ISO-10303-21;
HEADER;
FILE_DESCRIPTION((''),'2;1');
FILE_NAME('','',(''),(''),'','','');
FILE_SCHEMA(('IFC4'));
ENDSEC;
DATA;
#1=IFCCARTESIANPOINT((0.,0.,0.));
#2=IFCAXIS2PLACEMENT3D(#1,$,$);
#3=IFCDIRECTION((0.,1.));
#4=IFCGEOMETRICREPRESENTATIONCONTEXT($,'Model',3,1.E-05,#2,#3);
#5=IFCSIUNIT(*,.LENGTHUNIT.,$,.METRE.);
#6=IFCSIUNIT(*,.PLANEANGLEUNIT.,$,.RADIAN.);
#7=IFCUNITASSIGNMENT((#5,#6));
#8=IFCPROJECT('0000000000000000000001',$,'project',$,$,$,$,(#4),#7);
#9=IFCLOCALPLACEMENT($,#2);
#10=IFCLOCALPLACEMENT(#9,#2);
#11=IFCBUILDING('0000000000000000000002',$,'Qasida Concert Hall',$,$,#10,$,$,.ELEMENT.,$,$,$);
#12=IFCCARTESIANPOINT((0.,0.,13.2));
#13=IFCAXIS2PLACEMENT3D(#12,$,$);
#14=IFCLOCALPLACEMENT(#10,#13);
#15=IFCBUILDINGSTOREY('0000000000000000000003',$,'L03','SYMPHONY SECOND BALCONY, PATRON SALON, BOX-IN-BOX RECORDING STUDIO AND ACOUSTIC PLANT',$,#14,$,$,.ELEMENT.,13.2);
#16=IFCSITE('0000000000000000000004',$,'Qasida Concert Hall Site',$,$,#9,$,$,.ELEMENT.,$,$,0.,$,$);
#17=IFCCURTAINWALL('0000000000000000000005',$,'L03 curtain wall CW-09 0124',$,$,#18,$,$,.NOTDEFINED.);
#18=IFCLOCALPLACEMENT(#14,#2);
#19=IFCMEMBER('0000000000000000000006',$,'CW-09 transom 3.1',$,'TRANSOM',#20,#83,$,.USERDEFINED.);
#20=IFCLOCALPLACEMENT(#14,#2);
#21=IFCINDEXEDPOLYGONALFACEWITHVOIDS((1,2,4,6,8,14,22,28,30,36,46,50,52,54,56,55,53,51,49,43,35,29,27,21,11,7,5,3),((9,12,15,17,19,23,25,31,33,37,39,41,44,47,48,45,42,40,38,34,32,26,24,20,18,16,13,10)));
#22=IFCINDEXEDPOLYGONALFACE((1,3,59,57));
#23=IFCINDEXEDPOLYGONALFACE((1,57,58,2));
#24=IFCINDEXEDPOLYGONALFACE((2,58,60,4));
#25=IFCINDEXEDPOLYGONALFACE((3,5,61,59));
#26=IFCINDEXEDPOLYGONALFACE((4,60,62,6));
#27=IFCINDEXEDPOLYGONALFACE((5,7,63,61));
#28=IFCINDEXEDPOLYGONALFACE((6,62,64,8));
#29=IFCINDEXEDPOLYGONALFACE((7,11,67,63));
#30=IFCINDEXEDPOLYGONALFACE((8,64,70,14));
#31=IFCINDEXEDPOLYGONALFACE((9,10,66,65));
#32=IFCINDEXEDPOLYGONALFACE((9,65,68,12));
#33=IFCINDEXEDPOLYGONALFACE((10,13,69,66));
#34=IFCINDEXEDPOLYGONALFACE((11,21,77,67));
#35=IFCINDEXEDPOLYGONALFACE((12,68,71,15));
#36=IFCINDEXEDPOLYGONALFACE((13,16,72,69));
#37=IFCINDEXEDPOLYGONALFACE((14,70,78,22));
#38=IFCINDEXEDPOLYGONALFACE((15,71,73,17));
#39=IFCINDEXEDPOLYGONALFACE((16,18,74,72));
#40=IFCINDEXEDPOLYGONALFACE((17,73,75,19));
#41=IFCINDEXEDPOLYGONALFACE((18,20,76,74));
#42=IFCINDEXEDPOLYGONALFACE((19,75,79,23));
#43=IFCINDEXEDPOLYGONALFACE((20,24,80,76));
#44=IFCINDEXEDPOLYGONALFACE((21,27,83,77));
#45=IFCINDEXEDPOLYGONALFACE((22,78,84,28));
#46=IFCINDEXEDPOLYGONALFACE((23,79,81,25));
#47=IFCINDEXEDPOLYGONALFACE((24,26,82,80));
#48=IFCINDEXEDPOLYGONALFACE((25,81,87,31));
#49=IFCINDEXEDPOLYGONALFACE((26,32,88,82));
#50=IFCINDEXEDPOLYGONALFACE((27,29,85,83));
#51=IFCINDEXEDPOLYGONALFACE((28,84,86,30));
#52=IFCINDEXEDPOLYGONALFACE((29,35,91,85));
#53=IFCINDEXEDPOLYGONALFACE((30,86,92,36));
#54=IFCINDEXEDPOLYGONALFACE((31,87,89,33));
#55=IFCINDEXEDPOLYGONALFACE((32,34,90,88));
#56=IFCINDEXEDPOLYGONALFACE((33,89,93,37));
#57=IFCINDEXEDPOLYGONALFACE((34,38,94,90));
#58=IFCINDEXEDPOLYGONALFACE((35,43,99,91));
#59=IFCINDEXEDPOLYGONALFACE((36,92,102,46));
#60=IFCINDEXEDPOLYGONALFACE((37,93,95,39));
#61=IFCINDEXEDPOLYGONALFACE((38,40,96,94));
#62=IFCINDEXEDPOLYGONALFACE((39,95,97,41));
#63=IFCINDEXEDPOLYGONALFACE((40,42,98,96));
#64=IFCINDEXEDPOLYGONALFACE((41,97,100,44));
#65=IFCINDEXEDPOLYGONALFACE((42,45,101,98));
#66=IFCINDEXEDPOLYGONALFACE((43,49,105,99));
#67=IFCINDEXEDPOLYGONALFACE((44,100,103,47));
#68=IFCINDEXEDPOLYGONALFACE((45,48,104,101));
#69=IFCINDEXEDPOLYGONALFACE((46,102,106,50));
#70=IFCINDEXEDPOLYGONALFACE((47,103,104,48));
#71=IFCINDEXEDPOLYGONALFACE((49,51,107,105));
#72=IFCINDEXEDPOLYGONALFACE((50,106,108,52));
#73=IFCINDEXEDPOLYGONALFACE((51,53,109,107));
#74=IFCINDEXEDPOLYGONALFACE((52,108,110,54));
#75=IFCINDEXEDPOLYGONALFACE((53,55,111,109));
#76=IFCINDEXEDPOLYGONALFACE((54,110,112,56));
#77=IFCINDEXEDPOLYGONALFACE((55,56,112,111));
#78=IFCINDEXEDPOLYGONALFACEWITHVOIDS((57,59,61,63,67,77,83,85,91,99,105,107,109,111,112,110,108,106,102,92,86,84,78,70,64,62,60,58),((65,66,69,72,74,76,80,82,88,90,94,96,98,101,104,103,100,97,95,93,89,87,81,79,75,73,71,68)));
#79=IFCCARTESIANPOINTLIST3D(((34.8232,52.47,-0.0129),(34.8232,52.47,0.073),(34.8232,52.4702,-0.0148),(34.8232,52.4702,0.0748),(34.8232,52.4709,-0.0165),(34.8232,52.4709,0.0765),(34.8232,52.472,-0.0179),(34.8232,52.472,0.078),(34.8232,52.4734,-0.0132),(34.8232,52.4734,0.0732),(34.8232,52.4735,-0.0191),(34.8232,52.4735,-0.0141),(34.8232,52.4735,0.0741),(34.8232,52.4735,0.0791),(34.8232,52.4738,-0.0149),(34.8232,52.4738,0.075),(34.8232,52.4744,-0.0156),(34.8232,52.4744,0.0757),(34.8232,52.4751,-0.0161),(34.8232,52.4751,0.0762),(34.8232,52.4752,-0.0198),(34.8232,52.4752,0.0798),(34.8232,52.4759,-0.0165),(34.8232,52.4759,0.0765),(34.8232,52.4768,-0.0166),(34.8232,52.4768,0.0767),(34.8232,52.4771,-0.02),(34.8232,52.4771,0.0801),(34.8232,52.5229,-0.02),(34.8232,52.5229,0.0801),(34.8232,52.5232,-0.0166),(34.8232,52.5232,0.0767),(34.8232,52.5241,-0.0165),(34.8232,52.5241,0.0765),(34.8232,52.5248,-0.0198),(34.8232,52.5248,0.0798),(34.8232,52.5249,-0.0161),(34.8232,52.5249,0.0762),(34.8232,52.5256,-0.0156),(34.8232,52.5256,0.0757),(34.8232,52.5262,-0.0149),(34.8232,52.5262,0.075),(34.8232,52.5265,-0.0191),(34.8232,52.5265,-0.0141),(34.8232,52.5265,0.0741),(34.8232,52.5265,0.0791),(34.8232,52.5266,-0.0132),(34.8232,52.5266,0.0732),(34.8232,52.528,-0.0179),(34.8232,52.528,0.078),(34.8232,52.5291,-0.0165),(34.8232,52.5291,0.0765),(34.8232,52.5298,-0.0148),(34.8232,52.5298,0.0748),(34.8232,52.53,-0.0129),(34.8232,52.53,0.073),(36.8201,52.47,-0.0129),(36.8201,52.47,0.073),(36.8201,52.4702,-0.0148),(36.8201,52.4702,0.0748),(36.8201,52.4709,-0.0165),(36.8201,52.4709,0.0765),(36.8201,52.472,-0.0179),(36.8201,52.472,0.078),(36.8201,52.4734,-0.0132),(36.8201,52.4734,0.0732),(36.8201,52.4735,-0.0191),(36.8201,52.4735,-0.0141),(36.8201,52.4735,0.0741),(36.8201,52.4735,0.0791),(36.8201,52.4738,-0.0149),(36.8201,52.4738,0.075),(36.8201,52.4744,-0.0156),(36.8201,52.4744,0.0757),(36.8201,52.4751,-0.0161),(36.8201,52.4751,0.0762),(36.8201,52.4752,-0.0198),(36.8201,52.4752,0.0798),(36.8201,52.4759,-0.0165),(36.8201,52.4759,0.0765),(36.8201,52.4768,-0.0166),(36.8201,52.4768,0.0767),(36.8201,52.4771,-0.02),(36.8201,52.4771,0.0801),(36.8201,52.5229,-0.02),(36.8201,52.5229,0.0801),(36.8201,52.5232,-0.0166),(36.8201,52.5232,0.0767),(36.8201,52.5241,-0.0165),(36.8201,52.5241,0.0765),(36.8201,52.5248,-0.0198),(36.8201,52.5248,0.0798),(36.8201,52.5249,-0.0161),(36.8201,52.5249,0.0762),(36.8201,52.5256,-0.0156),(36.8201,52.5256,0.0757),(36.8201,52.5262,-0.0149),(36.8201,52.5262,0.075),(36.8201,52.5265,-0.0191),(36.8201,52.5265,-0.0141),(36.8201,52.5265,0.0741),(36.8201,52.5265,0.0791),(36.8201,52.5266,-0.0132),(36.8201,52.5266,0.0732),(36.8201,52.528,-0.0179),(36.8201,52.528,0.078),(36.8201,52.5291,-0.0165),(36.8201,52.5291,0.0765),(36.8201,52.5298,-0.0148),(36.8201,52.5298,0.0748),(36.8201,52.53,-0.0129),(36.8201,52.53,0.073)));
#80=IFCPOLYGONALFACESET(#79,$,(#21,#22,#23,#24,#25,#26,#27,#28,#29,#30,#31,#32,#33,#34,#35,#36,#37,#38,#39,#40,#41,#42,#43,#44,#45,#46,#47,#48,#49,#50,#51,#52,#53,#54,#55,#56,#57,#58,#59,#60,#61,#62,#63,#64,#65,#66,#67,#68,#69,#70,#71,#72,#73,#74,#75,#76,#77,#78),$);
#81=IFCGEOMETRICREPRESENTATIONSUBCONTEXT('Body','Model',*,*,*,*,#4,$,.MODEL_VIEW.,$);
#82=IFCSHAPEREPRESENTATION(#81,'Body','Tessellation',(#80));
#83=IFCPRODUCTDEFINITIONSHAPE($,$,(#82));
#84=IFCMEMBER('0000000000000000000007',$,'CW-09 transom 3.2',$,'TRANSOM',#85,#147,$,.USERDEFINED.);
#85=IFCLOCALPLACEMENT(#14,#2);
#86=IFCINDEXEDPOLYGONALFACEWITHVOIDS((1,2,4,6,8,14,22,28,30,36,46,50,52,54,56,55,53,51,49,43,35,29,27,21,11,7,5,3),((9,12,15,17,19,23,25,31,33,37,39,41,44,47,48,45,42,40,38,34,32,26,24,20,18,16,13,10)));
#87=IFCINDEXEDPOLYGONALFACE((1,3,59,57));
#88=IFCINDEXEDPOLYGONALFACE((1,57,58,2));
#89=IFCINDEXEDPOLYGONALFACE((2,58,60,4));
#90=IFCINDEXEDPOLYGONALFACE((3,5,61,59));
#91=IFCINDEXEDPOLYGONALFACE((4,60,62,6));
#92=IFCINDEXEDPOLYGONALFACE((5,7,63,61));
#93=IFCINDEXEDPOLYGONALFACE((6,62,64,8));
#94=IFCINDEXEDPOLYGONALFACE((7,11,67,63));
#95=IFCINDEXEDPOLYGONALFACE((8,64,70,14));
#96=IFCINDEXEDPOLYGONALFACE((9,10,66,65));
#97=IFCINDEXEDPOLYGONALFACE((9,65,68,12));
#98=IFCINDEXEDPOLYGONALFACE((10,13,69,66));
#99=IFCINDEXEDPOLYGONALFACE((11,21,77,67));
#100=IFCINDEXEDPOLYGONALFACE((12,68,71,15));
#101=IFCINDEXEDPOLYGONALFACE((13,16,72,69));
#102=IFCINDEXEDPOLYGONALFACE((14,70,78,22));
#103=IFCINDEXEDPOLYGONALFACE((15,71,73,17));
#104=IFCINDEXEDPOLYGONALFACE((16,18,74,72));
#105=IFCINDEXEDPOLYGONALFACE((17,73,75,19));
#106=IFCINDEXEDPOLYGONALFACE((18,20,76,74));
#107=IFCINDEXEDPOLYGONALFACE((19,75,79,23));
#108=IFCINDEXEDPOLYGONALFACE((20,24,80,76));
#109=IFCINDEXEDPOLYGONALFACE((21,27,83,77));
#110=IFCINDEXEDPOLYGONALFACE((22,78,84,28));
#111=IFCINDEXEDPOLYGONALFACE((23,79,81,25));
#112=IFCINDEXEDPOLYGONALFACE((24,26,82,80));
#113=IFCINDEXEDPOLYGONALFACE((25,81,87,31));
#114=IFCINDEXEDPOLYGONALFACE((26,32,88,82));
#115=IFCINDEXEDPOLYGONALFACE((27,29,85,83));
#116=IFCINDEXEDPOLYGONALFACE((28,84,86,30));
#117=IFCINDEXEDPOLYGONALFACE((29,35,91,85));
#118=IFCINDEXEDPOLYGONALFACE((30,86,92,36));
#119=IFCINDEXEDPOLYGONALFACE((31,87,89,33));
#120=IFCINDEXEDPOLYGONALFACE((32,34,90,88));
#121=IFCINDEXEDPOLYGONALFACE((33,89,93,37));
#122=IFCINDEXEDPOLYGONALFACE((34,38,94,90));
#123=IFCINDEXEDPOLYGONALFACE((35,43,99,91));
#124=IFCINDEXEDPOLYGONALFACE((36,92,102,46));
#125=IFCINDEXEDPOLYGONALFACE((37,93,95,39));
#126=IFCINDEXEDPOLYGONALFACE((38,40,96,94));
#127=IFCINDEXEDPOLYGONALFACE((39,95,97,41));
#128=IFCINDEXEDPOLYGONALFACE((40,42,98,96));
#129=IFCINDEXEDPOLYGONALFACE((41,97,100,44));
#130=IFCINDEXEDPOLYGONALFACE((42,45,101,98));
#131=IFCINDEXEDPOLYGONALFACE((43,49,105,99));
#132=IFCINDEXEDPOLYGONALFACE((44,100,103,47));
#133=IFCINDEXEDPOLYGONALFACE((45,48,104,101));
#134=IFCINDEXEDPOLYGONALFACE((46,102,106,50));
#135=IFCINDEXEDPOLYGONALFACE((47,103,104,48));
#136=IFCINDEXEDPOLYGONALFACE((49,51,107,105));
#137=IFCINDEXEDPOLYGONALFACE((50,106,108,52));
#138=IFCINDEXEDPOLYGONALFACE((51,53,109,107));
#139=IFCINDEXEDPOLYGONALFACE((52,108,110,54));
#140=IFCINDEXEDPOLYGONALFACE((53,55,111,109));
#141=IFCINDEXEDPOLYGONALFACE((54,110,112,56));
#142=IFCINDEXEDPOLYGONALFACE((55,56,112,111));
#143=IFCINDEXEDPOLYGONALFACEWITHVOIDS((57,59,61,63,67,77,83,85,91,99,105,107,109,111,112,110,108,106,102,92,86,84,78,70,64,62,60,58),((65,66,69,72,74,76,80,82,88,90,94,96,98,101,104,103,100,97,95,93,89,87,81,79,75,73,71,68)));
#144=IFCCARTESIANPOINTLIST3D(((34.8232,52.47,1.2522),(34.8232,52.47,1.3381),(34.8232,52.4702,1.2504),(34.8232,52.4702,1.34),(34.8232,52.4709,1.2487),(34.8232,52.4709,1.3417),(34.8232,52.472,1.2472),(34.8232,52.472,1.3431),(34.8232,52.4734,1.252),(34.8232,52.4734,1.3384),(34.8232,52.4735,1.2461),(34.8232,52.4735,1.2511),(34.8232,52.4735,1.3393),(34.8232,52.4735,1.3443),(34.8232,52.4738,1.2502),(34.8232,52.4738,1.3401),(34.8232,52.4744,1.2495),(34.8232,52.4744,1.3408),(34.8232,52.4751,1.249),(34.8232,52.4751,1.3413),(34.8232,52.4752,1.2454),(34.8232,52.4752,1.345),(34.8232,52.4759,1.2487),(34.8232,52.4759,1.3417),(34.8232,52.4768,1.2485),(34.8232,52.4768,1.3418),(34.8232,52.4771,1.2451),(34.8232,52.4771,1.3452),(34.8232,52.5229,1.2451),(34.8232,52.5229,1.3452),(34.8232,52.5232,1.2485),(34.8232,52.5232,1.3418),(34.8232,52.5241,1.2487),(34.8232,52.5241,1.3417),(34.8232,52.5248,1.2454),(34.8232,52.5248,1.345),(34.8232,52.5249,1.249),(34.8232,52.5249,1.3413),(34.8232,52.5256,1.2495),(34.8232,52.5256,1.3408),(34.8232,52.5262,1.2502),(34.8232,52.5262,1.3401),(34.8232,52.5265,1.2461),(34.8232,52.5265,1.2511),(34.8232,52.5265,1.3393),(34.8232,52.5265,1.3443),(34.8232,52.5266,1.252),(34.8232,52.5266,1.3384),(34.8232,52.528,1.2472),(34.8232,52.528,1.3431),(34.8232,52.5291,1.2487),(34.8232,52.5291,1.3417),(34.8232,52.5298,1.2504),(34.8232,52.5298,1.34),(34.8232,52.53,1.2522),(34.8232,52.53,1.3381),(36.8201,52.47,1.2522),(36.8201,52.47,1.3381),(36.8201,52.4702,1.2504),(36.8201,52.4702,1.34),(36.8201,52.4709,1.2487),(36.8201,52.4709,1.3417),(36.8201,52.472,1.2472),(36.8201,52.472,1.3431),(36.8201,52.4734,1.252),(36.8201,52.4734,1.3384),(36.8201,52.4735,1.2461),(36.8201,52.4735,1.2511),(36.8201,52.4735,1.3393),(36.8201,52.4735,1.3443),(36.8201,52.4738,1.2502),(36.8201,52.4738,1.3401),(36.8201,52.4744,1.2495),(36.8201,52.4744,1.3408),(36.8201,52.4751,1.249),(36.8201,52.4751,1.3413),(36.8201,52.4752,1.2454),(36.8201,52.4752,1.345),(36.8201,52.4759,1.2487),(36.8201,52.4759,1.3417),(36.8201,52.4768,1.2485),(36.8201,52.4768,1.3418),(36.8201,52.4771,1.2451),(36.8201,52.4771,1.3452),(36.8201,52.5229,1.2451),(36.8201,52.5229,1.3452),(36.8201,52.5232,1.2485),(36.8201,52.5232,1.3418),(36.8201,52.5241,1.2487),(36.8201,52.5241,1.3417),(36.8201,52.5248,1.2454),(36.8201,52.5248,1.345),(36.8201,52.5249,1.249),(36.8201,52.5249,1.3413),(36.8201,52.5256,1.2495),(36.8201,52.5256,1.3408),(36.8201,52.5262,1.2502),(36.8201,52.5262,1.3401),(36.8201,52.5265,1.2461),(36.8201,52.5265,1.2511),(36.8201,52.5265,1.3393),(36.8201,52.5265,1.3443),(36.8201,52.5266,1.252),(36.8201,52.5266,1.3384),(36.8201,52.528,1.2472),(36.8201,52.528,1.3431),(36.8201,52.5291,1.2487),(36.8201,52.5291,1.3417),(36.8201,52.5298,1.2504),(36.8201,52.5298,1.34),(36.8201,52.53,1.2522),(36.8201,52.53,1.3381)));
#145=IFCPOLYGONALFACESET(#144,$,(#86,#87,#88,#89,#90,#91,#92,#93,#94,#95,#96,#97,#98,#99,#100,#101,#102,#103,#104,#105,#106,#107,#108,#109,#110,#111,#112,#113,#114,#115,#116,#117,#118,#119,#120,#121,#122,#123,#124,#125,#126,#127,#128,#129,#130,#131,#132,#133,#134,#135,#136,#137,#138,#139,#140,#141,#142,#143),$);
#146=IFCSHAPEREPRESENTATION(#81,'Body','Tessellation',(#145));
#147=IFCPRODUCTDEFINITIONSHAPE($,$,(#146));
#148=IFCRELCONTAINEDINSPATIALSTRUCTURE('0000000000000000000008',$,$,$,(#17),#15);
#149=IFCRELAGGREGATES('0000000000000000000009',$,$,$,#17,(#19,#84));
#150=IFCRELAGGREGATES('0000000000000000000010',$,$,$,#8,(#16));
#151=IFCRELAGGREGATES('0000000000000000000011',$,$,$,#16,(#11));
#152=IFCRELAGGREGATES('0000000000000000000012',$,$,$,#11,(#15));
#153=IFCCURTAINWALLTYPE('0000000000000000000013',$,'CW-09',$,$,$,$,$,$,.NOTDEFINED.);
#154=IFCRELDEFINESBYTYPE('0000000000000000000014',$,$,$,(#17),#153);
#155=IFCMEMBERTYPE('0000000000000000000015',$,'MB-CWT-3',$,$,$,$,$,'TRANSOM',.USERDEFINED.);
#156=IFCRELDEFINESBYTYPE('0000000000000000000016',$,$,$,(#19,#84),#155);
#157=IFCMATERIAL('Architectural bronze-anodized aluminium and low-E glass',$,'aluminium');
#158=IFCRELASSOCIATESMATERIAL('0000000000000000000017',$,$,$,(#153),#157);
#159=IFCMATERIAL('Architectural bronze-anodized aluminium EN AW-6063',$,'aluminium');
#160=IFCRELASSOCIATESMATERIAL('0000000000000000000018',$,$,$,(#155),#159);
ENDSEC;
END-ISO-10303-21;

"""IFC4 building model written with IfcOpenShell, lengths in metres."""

from ifc_helpers import new_model, si_unit, direction, frame, origin, origin_2d, place, context, subcontext, project, spatial, hollow_rectangle, extrude, material, material_profile, profile_set, type_object, element, aggregate, save


model = new_model("IFC4")

# Units and contexts
model_context = context("Model", 3, precision=1e-05, world=origin(), true_north=direction((0.0, 1.0)))
body_context = subcontext(model_context, "Body", "Model", "MODEL_VIEW")
ifc_project = project(units=[si_unit("LENGTHUNIT", "METRE"), si_unit("PLANEANGLEUNIT", "RADIAN")], contexts=[model_context])

# Site, building, storey
site_placement = place(None, origin())
site = spatial("IfcSite", under=ifc_project, at=site_placement, Name="Qasida Concert Hall Site", CompositionType="ELEMENT", RefElevation=0.0)
building_placement = place(site_placement, origin())
building = spatial("IfcBuilding", under=site, at=building_placement, Name="Qasida Concert Hall", CompositionType="ELEMENT")
storey_placement = place(building_placement, frame((0.0, 0.0, 13.2)))
storey = spatial("IfcBuildingStorey", under=building, at=storey_placement, Name="L03", Description="SYMPHONY SECOND BALCONY, PATRON SALON, BOX-IN-BOX RECORDING STUDIO AND ACOUSTIC PLANT", CompositionType="ELEMENT", Elevation=13.2)

# Curtain wall
ifc_material_1 = material(Name="Architectural bronze-anodized aluminium and low-E glass", Category="aluminium")
curtain_wall_type = type_object("IfcCurtainWallType", Name="CW-09", PredefinedType="NOTDEFINED", material=ifc_material_1)
curtain_wall_1_placement = place(storey_placement, origin())
curtain_wall_1 = element("IfcCurtainWall", 1, at=curtain_wall_1_placement, inside=storey, type_object=curtain_wall_type, Name="L03 curtain wall CW-09 0124", PredefinedType="NOTDEFINED")
ifc_material_2 = material(Name="Architectural bronze-anodized aluminium EN AW-6063", Category="aluminium")

# Members
ifc_material_profile_1 = material_profile(ifc_material_2, hollow_rectangle(XDim=0.0601, YDim=0.1001, WallThickness=0.0034, InnerFilletRadius=0.0034, OuterFilletRadius=0.0071, at=origin_2d()), Name="CWT 100x60x3.5")
ifc_profile_set_1 = profile_set([ifc_material_profile_1], Name="Architectural bronze-anodized aluminium EN AW-6063")
member_type_1 = type_object("IfcMemberType", Name="MB-CWT-3", ElementType="TRANSOM", PredefinedType="USERDEFINED", material=ifc_profile_set_1)
member_1_placement = place(storey_placement, frame((34.8232, 52.5, 0.03), z_axis=(1.0, 0.0, 0.0), x_axis=(0.0, 1.0, 0.0)))
member_1 = element("IfcMember", 2, at=member_1_placement, type_object=member_type_1, Name="CW-09 transom 3.1", ObjectType="TRANSOM", PredefinedType="USERDEFINED", context=body_context, shape_type="SweptSolid", body=[
    extrude(hollow_rectangle(XDim=0.0601, YDim=0.1001, WallThickness=0.0034, InnerFilletRadius=0.0034, OuterFilletRadius=0.0071, at=origin_2d()), origin(), (0.0, 0.0, 1.0), 1.9968),
])
member_2_placement = place(storey_placement, frame((34.8232, 52.5, 1.2952), z_axis=(1.0, 0.0, 0.0), x_axis=(0.0, 1.0, 0.0)))
member_2 = element("IfcMember", 3, at=member_2_placement, type_object=member_type_1, Name="CW-09 transom 3.2", ObjectType="TRANSOM", PredefinedType="USERDEFINED", context=body_context, shape_type="SweptSolid", body=[
    extrude(hollow_rectangle(XDim=0.0601, YDim=0.1001, WallThickness=0.0034, InnerFilletRadius=0.0034, OuterFilletRadius=0.0071, at=origin_2d()), origin(), (0.0, 0.0, 1.0), 1.9968),
])

aggregate(curtain_wall_1, [member_1, member_2])

save(model, "model.ifc")
